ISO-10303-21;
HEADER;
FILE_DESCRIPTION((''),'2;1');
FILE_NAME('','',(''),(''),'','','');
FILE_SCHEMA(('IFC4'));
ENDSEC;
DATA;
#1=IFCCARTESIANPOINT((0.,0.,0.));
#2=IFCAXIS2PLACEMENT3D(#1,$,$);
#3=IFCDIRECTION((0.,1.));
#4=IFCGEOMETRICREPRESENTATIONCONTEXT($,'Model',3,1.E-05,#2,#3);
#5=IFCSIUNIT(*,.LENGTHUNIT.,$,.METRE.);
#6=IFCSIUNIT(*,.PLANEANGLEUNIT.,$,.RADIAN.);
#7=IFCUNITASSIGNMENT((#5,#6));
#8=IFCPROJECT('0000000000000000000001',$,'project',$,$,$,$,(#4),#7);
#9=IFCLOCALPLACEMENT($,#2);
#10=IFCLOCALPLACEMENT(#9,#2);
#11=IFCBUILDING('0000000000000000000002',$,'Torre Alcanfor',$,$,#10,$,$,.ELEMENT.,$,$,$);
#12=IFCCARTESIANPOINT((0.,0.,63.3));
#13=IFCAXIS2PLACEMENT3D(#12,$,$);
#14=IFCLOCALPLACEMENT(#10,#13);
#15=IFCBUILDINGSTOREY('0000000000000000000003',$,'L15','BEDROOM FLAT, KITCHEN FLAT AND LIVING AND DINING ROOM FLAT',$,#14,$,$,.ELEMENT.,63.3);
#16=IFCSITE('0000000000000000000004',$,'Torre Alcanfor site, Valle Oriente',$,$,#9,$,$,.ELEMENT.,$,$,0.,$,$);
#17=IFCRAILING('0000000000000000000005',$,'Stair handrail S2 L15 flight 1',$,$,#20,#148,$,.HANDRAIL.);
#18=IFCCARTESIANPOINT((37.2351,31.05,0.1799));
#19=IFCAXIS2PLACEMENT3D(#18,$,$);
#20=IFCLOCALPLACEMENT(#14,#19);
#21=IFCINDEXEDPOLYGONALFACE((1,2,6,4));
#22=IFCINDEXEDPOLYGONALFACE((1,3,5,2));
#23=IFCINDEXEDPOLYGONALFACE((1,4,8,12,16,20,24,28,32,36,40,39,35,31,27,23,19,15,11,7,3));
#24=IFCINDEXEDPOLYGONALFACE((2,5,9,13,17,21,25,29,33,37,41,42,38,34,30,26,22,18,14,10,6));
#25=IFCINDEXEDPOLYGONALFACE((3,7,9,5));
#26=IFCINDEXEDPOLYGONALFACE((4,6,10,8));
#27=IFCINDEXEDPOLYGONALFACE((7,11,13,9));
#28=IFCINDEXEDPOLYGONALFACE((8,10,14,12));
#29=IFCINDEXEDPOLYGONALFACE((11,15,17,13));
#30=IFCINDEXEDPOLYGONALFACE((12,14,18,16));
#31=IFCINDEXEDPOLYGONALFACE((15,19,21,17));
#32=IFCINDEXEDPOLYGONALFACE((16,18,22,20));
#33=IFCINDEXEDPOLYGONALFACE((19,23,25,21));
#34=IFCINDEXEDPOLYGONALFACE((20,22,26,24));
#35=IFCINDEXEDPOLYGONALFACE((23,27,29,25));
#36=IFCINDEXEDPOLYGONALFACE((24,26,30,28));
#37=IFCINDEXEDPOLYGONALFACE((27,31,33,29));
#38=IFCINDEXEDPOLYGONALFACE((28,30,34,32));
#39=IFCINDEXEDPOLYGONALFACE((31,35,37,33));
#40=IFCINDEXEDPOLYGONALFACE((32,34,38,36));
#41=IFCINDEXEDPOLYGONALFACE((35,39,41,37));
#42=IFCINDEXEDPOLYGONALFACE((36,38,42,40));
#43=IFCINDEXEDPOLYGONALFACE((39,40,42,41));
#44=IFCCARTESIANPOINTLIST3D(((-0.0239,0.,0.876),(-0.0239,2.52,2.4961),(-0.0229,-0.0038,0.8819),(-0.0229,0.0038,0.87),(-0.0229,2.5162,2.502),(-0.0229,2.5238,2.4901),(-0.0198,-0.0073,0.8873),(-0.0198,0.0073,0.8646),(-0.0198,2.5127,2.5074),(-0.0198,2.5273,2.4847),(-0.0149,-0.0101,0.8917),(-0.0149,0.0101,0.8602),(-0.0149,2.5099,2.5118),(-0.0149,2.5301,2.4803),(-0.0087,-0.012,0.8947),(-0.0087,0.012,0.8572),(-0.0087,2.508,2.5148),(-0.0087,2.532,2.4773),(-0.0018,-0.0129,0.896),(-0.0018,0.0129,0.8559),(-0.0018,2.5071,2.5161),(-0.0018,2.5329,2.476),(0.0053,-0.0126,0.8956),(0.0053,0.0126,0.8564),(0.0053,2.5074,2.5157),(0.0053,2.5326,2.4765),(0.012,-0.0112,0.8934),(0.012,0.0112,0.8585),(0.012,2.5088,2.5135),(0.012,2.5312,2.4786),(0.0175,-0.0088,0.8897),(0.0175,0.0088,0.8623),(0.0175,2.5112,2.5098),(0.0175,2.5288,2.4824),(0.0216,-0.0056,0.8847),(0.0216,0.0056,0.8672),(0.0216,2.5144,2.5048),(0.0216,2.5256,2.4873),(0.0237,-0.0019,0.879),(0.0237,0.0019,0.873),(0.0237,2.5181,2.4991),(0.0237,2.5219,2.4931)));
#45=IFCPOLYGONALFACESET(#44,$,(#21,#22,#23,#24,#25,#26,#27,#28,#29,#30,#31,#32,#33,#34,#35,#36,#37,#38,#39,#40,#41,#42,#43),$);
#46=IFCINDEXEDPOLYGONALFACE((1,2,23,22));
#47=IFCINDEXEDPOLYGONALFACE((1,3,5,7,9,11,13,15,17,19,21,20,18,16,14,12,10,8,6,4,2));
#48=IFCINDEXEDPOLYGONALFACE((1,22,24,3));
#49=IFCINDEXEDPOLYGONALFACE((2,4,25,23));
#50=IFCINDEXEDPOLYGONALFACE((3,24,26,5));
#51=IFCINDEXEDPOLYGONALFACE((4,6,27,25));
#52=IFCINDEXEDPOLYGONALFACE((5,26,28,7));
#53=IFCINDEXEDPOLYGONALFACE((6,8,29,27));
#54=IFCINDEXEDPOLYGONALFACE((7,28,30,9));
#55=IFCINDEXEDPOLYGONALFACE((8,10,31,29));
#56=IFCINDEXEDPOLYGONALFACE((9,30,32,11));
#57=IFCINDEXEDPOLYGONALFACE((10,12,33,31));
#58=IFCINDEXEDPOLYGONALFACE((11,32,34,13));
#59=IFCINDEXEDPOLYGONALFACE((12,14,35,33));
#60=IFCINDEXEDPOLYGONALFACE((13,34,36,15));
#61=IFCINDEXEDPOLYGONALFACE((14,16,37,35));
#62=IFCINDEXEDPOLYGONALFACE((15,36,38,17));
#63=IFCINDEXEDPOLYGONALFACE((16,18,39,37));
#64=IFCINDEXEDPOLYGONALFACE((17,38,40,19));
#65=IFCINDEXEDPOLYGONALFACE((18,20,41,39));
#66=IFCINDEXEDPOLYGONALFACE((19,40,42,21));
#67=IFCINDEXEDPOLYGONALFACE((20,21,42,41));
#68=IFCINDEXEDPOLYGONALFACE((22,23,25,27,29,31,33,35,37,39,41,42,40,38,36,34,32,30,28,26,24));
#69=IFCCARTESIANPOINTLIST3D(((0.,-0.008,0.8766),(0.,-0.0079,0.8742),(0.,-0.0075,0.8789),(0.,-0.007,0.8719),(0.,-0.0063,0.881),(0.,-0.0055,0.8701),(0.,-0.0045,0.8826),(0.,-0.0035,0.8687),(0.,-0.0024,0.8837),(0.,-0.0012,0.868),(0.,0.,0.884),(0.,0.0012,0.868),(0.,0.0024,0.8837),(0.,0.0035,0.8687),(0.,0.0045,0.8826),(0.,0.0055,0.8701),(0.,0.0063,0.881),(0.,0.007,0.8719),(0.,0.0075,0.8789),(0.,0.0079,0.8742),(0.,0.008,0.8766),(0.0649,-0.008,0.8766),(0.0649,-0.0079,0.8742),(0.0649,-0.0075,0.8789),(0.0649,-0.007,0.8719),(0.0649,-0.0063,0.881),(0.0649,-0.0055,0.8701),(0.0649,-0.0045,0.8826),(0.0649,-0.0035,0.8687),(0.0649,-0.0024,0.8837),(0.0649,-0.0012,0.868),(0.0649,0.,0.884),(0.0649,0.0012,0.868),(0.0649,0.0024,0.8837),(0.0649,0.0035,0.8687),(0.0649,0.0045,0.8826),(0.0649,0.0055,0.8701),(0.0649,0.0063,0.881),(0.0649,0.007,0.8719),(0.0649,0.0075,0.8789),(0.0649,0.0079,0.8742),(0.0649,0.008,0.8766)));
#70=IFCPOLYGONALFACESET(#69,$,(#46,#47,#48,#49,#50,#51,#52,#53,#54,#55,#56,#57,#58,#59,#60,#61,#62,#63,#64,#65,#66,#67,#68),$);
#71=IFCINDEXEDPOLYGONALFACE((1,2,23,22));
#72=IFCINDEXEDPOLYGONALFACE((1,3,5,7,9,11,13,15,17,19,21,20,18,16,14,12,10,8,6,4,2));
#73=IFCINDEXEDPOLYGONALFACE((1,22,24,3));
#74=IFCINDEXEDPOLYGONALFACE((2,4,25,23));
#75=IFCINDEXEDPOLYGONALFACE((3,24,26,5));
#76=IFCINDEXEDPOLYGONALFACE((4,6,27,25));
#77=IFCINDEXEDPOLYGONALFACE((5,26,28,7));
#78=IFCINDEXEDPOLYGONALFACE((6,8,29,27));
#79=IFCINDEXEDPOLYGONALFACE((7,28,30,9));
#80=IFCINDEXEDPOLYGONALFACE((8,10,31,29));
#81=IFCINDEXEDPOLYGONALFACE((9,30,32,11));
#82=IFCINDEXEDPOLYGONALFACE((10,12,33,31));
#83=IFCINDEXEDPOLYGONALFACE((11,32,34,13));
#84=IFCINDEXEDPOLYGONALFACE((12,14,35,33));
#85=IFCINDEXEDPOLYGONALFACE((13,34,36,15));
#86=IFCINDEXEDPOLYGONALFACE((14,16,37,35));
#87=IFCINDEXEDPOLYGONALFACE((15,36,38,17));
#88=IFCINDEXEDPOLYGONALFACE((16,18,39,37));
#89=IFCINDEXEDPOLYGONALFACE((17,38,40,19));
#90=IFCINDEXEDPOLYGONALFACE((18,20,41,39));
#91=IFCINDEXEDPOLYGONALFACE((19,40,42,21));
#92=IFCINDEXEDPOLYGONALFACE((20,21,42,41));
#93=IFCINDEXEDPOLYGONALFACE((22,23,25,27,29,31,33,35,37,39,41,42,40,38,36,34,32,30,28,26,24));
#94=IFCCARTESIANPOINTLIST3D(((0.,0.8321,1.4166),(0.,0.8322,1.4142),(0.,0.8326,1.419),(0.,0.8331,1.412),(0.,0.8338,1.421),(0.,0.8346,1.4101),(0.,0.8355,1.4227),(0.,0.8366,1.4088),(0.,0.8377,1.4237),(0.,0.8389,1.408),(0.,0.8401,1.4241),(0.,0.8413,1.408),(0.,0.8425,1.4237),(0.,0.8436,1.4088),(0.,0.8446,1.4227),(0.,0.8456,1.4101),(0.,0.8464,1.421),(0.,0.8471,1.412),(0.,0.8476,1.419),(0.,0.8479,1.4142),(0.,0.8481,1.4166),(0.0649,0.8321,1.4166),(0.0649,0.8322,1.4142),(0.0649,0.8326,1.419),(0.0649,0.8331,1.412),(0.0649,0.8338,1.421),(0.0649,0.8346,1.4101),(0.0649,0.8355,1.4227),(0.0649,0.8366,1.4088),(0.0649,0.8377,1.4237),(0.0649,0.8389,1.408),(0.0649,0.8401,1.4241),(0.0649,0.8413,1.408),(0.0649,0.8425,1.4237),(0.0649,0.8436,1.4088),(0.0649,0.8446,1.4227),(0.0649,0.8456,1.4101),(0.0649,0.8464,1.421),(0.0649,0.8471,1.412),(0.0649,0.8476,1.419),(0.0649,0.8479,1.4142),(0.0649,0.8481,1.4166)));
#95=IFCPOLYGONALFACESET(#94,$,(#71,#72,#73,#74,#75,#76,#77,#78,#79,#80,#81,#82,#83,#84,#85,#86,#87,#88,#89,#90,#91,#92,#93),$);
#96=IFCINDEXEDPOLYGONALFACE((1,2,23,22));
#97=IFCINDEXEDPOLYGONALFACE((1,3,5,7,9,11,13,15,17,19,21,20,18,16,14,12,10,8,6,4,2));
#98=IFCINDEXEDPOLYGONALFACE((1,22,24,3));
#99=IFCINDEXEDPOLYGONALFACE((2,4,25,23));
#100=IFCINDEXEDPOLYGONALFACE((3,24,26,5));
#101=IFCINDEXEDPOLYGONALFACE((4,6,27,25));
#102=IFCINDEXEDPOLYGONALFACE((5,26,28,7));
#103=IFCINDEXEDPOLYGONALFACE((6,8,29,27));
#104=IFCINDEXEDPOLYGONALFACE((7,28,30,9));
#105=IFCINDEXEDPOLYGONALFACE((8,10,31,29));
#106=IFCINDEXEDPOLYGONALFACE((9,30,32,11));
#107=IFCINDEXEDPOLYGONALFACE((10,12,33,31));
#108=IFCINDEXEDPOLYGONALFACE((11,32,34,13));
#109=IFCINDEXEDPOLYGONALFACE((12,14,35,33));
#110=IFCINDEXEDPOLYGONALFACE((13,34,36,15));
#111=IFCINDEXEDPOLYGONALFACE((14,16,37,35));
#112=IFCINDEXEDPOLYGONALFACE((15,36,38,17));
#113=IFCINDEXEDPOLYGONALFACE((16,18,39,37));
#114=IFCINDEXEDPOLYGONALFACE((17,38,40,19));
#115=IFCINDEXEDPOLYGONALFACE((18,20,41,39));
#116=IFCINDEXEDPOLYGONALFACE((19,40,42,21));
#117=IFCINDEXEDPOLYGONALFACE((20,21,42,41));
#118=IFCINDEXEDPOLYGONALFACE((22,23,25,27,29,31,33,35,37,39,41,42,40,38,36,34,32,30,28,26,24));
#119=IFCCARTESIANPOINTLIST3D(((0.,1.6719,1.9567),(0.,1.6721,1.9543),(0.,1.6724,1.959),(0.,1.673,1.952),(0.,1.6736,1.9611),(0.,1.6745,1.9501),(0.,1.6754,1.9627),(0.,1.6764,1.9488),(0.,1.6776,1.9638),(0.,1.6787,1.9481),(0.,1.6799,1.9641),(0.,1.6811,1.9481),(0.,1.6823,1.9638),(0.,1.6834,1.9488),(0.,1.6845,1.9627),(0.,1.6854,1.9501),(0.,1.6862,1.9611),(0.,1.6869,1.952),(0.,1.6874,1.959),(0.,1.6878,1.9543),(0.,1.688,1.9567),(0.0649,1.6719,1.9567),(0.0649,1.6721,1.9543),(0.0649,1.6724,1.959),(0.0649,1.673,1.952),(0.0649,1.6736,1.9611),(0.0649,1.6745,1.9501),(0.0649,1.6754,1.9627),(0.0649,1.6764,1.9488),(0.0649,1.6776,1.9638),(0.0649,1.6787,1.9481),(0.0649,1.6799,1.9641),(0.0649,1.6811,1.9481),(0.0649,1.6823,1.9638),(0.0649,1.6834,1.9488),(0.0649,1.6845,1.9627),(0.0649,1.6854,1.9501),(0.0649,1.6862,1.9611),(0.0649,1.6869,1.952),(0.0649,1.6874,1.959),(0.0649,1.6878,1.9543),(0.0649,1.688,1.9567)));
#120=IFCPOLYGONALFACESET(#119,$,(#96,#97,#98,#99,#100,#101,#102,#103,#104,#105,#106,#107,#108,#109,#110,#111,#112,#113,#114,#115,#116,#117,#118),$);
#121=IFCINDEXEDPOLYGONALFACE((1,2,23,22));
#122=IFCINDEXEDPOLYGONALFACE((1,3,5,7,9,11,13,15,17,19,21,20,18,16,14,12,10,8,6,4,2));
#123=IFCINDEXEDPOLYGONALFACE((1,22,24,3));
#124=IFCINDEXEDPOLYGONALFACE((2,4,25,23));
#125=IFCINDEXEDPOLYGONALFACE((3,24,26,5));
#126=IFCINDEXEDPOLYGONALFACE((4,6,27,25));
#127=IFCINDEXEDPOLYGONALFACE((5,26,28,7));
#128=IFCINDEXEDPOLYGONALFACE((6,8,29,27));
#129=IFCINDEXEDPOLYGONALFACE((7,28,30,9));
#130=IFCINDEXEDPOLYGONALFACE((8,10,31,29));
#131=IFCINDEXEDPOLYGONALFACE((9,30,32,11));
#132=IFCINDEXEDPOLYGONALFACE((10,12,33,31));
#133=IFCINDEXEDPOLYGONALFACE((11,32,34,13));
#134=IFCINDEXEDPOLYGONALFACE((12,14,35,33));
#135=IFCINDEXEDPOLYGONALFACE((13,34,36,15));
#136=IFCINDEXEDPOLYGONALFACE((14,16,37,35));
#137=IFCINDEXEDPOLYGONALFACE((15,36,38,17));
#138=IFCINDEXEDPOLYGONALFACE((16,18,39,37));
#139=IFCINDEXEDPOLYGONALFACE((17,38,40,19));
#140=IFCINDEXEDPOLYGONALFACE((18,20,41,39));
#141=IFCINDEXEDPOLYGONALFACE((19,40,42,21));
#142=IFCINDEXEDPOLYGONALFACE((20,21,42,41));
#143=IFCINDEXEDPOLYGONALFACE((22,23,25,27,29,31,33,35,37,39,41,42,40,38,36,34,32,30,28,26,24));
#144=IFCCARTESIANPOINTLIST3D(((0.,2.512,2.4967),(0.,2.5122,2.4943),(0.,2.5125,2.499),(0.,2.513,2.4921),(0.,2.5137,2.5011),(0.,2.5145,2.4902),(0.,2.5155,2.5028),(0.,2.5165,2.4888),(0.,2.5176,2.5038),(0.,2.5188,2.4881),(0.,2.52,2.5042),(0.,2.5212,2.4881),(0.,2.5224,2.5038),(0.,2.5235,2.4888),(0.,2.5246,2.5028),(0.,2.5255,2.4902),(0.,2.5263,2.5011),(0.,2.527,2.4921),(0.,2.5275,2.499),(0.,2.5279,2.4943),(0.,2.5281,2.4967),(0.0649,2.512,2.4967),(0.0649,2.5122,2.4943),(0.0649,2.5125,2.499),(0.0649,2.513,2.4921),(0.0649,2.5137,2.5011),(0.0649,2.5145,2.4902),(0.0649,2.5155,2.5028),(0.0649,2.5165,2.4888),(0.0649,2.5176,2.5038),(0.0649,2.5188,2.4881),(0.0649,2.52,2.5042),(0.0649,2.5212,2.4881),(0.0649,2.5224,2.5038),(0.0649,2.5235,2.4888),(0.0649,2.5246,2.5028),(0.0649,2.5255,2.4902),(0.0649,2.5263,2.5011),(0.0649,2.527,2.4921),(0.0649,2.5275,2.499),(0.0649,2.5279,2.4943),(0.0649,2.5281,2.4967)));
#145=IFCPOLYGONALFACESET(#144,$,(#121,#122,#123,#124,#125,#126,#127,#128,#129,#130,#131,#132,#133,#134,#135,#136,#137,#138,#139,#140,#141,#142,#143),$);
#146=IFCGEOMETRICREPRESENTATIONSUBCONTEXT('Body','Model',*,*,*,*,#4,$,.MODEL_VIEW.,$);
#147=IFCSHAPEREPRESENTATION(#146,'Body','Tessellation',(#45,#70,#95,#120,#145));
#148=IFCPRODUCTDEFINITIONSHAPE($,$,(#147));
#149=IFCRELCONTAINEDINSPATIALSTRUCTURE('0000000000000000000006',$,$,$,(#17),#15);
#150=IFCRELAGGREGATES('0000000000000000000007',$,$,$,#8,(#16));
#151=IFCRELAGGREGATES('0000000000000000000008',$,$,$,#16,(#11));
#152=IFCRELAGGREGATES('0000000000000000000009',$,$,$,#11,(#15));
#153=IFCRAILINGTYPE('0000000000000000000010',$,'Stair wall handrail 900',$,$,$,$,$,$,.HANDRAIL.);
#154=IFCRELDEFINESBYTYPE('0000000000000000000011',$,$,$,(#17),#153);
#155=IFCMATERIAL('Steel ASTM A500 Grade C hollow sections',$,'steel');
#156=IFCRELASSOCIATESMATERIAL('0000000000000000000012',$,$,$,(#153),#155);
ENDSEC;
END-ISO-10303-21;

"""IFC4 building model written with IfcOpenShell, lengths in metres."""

from ifc_helpers import new_model, si_unit, direction, frame, origin, origin_2d, place, context, subcontext, project, spatial, circle, extrude, material, type_object, element, save


model = new_model("IFC4")

# Units and contexts
model_context = context("Model", 3, precision=1e-05, world=origin(), true_north=direction((0.0, 1.0)))
body_context = subcontext(model_context, "Body", "Model", "MODEL_VIEW")
ifc_project = project(units=[si_unit("LENGTHUNIT", "METRE"), si_unit("PLANEANGLEUNIT", "RADIAN")], contexts=[model_context])

# Site, building, storey
site_placement = place(None, origin())
site = spatial("IfcSite", under=ifc_project, at=site_placement, Name="Torre Alcanfor site, Valle Oriente", CompositionType="ELEMENT", RefElevation=0.0)
building_placement = place(site_placement, origin())
building = spatial("IfcBuilding", under=site, at=building_placement, Name="Torre Alcanfor", CompositionType="ELEMENT")
storey_placement = place(building_placement, frame((0.0, 0.0, 63.3)))
storey = spatial("IfcBuildingStorey", under=building, at=storey_placement, Name="L15", Description="BEDROOM FLAT, KITCHEN FLAT AND LIVING AND DINING ROOM FLAT", CompositionType="ELEMENT", Elevation=63.3)

# Railing
ifc_material_1 = material(Name="Steel ASTM A500 Grade C hollow sections", Category="steel")
railing_type_1 = type_object("IfcRailingType", Name="Stair wall handrail 900", PredefinedType="HANDRAIL", material=ifc_material_1)
railing_1_placement = place(storey_placement, frame((37.2351, 31.05, 0.1799)))
element("IfcRailing", 1, at=railing_1_placement, inside=storey, type_object=railing_type_1, Name="Stair handrail S2 L15 flight 1", PredefinedType="HANDRAIL", context=body_context, shape_type="SweptSolid", body=[
    extrude(circle(Radius=0.0239, at=origin_2d()), frame((0.0, 0.0, 0.876), z_axis=(0.0, 0.841163, 0.540782), x_axis=(-1.0, 0.0, 0.0)), (0.0, 0.0, 1.0), 2.9958),
    extrude(circle(Radius=0.0081, at=origin_2d()), frame((0.0, 0.0, 0.876), z_axis=(1.0, 0.0, 0.0), x_axis=(0.0, 0.0, 1.0)), (0.0, 0.0, 1.0), 0.0649),
    extrude(circle(Radius=0.0081, at=origin_2d()), frame((0.0, 0.8401, 1.416), z_axis=(1.0, 0.0, 0.0), x_axis=(0.0, 0.0, 1.0)), (0.0, 0.0, 1.0), 0.0649),
    extrude(circle(Radius=0.0081, at=origin_2d()), frame((0.0, 1.6799, 1.9561), z_axis=(1.0, 0.0, 0.0), x_axis=(0.0, 0.0, 1.0)), (0.0, 0.0, 1.0), 0.0649),
    extrude(circle(Radius=0.0081, at=origin_2d()), frame((0.0, 2.52, 2.4961), z_axis=(1.0, 0.0, 0.0), x_axis=(0.0, 0.0, 1.0)), (0.0, 0.0, 1.0), 0.0649),
])

save(model, "model.ifc")
